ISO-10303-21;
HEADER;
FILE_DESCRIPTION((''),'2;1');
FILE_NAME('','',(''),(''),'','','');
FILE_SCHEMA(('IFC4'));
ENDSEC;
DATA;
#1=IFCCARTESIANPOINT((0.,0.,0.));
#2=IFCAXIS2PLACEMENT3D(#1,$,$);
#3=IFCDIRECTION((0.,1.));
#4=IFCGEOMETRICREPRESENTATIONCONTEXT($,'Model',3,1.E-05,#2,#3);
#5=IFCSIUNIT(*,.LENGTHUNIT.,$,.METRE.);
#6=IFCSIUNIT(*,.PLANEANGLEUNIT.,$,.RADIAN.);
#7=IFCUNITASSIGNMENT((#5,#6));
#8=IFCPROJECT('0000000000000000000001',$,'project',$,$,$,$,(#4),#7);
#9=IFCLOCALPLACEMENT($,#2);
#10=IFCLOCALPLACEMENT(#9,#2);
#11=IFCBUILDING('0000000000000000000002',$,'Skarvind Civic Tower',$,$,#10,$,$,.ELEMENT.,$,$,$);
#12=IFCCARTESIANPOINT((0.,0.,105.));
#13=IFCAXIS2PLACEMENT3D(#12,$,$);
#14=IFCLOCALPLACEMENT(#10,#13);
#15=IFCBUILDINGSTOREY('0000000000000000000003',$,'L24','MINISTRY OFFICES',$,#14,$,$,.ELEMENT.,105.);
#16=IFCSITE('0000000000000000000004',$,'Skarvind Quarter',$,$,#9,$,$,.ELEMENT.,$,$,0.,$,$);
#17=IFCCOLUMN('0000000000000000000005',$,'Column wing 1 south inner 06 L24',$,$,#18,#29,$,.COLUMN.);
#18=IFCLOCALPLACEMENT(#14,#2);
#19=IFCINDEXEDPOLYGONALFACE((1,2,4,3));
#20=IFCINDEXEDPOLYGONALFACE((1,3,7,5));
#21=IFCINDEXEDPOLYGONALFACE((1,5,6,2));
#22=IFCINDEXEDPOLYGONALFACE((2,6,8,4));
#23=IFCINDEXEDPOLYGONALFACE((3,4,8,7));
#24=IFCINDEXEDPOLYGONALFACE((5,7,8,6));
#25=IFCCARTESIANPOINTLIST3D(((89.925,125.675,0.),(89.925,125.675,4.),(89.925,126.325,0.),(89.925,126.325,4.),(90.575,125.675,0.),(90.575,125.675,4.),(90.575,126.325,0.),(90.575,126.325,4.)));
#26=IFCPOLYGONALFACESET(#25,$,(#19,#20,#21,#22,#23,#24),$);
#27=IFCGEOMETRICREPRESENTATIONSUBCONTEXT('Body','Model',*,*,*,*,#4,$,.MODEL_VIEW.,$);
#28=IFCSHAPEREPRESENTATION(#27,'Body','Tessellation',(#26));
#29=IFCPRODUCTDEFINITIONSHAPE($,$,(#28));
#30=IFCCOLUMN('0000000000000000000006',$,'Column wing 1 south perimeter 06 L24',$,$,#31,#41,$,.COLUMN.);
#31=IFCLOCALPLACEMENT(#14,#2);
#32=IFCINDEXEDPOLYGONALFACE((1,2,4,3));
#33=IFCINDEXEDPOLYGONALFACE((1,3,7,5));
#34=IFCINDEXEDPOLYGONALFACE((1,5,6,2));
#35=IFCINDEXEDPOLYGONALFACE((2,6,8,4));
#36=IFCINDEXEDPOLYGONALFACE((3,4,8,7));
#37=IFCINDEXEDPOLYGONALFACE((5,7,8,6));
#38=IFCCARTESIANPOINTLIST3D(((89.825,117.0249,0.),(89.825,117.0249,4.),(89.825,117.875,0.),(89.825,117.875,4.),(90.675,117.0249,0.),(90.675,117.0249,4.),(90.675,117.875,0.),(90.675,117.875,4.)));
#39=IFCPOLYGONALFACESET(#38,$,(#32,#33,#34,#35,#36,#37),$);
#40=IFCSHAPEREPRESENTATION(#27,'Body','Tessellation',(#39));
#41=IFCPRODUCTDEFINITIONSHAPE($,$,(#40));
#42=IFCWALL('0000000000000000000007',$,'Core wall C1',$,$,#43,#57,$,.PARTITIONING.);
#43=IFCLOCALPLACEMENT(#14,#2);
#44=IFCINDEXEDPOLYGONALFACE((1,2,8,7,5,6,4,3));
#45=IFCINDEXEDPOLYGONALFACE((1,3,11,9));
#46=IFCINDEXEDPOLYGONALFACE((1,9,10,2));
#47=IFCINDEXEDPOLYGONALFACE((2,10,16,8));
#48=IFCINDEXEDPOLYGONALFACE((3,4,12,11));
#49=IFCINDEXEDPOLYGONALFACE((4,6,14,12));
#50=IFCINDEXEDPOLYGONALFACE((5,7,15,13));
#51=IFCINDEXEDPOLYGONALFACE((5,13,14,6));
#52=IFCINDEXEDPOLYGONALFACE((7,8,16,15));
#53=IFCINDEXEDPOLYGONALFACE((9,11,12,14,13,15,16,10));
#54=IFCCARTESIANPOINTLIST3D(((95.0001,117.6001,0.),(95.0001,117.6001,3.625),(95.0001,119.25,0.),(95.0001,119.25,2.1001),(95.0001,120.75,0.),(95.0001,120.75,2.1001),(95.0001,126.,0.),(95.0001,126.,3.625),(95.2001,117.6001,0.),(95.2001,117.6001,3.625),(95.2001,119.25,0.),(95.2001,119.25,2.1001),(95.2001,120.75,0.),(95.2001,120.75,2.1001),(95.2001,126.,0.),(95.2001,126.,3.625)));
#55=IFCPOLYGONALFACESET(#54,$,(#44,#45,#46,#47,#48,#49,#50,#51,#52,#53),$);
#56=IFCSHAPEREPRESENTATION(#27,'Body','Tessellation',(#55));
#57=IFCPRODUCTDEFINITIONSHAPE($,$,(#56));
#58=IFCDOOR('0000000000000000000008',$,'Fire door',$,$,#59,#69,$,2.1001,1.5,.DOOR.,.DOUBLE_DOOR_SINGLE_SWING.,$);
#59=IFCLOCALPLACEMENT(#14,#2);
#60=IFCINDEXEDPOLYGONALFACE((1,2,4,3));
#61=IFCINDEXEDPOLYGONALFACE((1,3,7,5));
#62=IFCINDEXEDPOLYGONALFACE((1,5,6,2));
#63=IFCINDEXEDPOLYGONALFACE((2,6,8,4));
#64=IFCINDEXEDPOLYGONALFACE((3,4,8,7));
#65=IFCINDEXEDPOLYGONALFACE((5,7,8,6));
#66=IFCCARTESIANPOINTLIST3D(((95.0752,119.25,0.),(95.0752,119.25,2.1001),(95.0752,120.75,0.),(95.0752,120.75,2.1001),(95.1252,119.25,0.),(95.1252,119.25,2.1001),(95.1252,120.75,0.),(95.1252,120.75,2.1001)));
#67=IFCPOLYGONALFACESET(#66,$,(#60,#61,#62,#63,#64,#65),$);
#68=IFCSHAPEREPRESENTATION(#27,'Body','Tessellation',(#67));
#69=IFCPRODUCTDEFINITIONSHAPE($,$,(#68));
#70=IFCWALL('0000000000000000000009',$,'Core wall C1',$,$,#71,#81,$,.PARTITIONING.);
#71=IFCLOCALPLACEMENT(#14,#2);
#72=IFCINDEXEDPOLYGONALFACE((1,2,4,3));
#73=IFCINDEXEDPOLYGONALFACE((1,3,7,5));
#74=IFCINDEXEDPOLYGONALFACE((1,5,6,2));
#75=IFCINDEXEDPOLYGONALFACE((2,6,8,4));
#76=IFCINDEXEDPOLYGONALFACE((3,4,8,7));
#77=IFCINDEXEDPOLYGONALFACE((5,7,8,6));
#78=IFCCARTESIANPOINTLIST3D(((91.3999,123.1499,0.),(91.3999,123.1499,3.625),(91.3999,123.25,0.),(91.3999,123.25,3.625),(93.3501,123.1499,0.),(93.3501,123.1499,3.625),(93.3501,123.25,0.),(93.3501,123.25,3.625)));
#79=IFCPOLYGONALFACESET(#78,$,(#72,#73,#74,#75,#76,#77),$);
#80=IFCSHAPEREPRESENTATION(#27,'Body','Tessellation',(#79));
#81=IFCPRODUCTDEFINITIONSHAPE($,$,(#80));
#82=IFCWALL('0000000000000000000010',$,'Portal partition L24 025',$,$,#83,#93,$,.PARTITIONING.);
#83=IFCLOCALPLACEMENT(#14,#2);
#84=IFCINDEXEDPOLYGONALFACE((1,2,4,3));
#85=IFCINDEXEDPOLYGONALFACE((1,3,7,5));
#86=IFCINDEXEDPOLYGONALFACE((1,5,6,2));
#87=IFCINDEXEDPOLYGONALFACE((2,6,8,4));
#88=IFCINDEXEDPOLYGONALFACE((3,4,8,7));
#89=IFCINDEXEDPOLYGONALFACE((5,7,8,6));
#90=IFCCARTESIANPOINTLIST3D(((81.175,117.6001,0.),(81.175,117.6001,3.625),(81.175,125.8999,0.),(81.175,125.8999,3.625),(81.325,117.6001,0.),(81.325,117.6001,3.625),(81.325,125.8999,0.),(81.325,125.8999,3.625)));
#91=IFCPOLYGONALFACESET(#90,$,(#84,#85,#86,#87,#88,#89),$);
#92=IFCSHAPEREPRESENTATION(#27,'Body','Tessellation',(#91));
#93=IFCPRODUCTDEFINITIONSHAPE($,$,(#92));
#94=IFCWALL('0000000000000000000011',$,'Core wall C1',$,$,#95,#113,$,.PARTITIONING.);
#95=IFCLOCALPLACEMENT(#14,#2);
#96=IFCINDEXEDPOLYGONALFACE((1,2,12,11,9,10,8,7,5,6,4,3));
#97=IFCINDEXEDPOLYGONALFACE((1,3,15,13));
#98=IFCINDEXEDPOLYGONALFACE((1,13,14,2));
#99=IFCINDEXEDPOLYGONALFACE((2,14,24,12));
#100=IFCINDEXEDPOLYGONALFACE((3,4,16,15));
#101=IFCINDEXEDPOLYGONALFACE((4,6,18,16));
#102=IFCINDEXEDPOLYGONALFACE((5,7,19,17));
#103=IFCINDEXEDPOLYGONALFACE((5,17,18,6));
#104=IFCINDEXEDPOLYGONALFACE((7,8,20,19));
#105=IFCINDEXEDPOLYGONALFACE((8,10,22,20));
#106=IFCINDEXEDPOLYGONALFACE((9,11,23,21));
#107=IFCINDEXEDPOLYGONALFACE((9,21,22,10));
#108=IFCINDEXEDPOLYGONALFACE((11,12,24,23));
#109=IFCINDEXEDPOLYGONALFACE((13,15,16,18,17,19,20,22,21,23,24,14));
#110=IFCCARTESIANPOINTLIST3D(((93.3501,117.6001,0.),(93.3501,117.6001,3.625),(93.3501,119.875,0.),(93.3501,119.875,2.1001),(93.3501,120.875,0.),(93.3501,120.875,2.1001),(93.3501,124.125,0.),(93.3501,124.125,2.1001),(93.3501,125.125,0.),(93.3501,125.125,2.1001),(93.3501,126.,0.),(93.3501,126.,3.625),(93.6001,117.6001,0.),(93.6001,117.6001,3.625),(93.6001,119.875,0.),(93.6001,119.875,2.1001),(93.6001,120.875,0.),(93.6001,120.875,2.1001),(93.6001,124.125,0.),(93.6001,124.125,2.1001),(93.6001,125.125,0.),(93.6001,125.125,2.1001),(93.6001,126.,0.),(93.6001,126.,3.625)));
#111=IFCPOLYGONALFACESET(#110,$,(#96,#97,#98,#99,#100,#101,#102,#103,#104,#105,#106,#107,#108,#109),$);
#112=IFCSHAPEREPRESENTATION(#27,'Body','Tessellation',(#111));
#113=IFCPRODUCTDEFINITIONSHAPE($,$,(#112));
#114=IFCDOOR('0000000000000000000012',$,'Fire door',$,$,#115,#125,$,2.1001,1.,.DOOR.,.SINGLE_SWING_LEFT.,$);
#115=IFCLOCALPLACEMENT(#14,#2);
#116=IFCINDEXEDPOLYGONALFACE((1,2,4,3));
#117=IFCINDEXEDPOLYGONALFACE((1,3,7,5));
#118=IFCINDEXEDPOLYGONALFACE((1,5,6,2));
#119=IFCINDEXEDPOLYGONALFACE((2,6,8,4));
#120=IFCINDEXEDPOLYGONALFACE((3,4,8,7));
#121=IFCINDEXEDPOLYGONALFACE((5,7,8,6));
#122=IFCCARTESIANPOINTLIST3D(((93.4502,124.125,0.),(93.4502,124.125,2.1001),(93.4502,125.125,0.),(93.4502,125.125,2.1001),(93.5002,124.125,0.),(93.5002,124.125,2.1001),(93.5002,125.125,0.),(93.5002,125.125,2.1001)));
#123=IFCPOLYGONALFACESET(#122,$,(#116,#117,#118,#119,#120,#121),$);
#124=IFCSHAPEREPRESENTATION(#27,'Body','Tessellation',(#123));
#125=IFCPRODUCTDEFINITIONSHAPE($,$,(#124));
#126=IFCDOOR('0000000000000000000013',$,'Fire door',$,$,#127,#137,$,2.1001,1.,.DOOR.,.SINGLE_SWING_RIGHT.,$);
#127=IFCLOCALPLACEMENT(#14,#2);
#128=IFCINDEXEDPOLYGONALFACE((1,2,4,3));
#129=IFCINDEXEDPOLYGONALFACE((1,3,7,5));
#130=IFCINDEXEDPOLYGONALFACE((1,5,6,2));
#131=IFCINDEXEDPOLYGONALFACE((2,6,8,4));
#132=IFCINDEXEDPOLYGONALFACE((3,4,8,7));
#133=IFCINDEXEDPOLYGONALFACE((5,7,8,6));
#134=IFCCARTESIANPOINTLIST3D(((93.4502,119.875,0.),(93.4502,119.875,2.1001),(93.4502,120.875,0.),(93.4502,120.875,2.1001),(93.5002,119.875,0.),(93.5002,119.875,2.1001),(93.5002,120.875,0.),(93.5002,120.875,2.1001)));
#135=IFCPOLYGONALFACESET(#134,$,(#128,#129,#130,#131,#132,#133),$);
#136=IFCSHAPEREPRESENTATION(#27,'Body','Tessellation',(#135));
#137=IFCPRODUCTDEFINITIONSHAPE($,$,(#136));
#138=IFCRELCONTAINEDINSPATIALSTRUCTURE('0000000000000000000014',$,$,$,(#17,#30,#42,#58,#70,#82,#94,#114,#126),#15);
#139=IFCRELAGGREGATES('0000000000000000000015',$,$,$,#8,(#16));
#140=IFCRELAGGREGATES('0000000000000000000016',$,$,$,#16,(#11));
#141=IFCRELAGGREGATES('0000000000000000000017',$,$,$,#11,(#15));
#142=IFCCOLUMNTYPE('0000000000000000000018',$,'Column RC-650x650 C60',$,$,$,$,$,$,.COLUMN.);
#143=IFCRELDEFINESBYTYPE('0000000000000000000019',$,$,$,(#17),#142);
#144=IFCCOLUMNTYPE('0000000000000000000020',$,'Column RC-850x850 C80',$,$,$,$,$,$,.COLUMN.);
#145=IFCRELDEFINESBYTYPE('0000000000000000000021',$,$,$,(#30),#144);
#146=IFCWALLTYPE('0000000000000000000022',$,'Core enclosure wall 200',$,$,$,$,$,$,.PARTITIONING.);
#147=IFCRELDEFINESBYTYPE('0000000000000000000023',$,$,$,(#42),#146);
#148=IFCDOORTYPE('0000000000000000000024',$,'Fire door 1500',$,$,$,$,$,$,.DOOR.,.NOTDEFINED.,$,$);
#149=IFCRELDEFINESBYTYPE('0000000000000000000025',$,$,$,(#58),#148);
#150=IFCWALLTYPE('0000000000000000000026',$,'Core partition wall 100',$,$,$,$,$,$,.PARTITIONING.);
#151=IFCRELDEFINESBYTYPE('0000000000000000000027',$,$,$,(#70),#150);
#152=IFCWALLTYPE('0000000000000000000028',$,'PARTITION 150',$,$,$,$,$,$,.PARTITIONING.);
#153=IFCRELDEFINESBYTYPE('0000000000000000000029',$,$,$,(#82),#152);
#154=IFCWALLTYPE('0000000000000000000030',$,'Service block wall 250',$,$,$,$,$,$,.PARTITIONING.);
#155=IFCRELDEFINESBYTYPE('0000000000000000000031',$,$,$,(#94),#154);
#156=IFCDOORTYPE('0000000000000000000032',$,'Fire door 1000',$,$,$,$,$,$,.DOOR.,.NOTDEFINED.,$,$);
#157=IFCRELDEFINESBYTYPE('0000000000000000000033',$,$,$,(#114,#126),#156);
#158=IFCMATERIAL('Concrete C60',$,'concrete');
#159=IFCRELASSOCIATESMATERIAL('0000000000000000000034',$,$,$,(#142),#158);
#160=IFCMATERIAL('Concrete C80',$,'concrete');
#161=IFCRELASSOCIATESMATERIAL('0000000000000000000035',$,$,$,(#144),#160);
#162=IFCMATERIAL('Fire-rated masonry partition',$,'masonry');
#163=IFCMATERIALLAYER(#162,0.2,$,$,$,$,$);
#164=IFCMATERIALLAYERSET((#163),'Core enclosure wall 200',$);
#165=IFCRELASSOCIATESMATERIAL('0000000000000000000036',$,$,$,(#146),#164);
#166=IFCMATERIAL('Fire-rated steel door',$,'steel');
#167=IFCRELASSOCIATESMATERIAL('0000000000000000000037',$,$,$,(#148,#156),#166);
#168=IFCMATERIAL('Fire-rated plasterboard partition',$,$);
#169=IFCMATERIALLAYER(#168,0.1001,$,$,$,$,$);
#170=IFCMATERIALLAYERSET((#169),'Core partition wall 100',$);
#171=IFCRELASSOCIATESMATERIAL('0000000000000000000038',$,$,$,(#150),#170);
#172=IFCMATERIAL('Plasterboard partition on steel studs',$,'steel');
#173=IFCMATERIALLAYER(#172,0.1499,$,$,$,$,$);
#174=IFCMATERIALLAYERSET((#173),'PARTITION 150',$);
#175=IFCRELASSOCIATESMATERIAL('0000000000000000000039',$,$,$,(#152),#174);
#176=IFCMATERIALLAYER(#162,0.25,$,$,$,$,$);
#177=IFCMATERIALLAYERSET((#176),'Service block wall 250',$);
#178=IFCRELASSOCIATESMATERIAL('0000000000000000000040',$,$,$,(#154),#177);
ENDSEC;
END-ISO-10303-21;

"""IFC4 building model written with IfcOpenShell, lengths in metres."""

from ifc_helpers import new_model, si_unit, direction, frame, frame_2d, origin, origin_2d, place, context, subcontext, project, spatial, rectangle, extrude, material, layer, layer_set, material_profile, profile_set, type_object, element, fill, save


model = new_model("IFC4")

# Units and contexts
model_context = context("Model", 3, precision=1e-05, world=origin(), true_north=direction((0.0, 1.0)))
body_context = subcontext(model_context, "Body", "Model", "MODEL_VIEW")
ifc_project = project(units=[si_unit("LENGTHUNIT", "METRE"), si_unit("PLANEANGLEUNIT", "RADIAN")], contexts=[model_context])

# Site, building, storey
site_placement = place(None, origin())
site = spatial("IfcSite", under=ifc_project, at=site_placement, Name="Skarvind Quarter", CompositionType="ELEMENT", RefElevation=0.0)
building_placement = place(site_placement, origin())
building = spatial("IfcBuilding", under=site, at=building_placement, Name="Skarvind Civic Tower", CompositionType="ELEMENT")
storey_placement = place(building_placement, frame((0.0, 0.0, 105.0)))
storey = spatial("IfcBuildingStorey", under=building, at=storey_placement, Name="L24", Description="MINISTRY OFFICES", CompositionType="ELEMENT", Elevation=105.0)

# Columns
ifc_material_1 = material(Name="Concrete C60", Category="concrete")
ifc_material_profile_1 = material_profile(ifc_material_1, rectangle(XDim=0.6499, YDim=0.6499, at=origin_2d()), Name="RC-650x650")
ifc_profile_set_1 = profile_set([ifc_material_profile_1], Name="Concrete C60")
column_type_1 = type_object("IfcColumnType", Name="Column RC-650x650 C60", PredefinedType="COLUMN", material=ifc_profile_set_1)
column_1_placement = place(storey_placement, frame((90.25, 126.0, 0.0), z_axis=(0.0, 0.0, 1.0), x_axis=(1.0, 0.0, 0.0)))
element("IfcColumn", 1, at=column_1_placement, inside=storey, type_object=column_type_1, Name="Column wing 1 south inner 06 L24", PredefinedType="COLUMN", context=body_context, shape_type="SweptSolid", body=[
    extrude(rectangle(XDim=0.6499, YDim=0.6499, at=origin_2d()), origin(), (0.0, 0.0, 1.0), 4.0),
])
ifc_material_2 = material(Name="Concrete C80", Category="concrete")
ifc_material_profile_2 = material_profile(ifc_material_2, rectangle(XDim=0.8501, YDim=0.8501, at=origin_2d()), Name="RC-850x850")
ifc_profile_set_2 = profile_set([ifc_material_profile_2], Name="Concrete C80")
column_type_2 = type_object("IfcColumnType", Name="Column RC-850x850 C80", PredefinedType="COLUMN", material=ifc_profile_set_2)
column_2_placement = place(storey_placement, frame((90.25, 117.45, 0.0), z_axis=(0.0, 0.0, 1.0), x_axis=(1.0, 0.0, 0.0)))
element("IfcColumn", 2, at=column_2_placement, inside=storey, type_object=column_type_2, Name="Column wing 1 south perimeter 06 L24", PredefinedType="COLUMN", context=body_context, shape_type="SweptSolid", body=[
    extrude(rectangle(XDim=0.8501, YDim=0.8501, at=origin_2d()), origin(), (0.0, 0.0, 1.0), 4.0),
])

# Wall, opening, door
ifc_material_3 = material(Name="Fire-rated masonry partition", Category="masonry")
ifc_layer_1 = layer(ifc_material_3, 0.2)
ifc_layer_set_1 = layer_set([ifc_layer_1], Name="Core enclosure wall 200")
wall_type_1 = type_object("IfcWallType", Name="Core enclosure wall 200", PredefinedType="PARTITIONING", material=ifc_layer_set_1)
wall_1_placement = place(storey_placement, frame((95.1001, 117.6001, 0.0), z_axis=(0.0, 0.0, 1.0), x_axis=(0.0, 1.0, 0.0)))
wall_1 = element("IfcWall", 3, at=wall_1_placement, inside=storey, type_object=wall_type_1, Name="Core wall C1", PredefinedType="PARTITIONING", context=body_context, shape_type="SweptSolid", body=[
    extrude(rectangle(XDim=8.3999, YDim=0.2, at=frame_2d((4.2, 0.0))), origin(), (0.0, 0.0, 1.0), 3.625),
])
opening_1_placement = place(wall_1_placement, frame((1.6499, 0.0, 0.0)))
opening_1 = element("IfcOpeningElement", 4, at=opening_1_placement, cuts=wall_1, PredefinedType="OPENING", context=body_context, shape_type="SweptSolid", body=[
    extrude(rectangle(XDim=1.5, YDim=2.1001, at=frame_2d((0.75, 1.05))), frame((0.0, 0.1099, 0.0), z_axis=(0.0, -1.0, 0.0), x_axis=(1.0, 0.0, 0.0)), (0.0, 0.0, 1.0), 0.22),
])
ifc_material_4 = material(Name="Fire-rated steel door", Category="steel")
door_type_1 = type_object("IfcDoorType", Name="Fire door 1500", OperationType="NOTDEFINED", PredefinedType="DOOR", material=ifc_material_4)
door_1_placement = place(opening_1_placement, origin())
door_1 = element("IfcDoor", 5, at=door_1_placement, inside=storey, type_object=door_type_1, Name="Fire door", OperationType="DOUBLE_DOOR_SINGLE_SWING", OverallHeight=2.1001, OverallWidth=1.5, PredefinedType="DOOR", context=body_context, shape_type="SweptSolid", body=[
    extrude(rectangle(XDim=1.5, YDim=2.1001, at=frame_2d((0.75, 1.05))), frame((0.0, 0.0249, 0.0), z_axis=(0.0, -1.0, 0.0), x_axis=(1.0, 0.0, 0.0)), (0.0, 0.0, 1.0), 0.05),
])
fill(opening_1, door_1)

# Walls
ifc_material_5 = material(Name="Fire-rated plasterboard partition")
ifc_layer_2 = layer(ifc_material_5, 0.1001)
ifc_layer_set_2 = layer_set([ifc_layer_2], Name="Core partition wall 100")
wall_type_2 = type_object("IfcWallType", Name="Core partition wall 100", PredefinedType="PARTITIONING", material=ifc_layer_set_2)
wall_2_placement = place(storey_placement, frame((93.3501, 123.2, 0.0), z_axis=(0.0, 0.0, 1.0), x_axis=(-1.0, 0.0, 0.0)))
element("IfcWall", 6, at=wall_2_placement, inside=storey, type_object=wall_type_2, Name="Core wall C1", PredefinedType="PARTITIONING", context=body_context, shape_type="SweptSolid", body=[
    extrude(rectangle(XDim=1.9502, YDim=0.1001, at=frame_2d((0.9751, 0.0))), origin(), (0.0, 0.0, 1.0), 3.625),
])
ifc_material_6 = material(Name="Plasterboard partition on steel studs", Category="steel")
ifc_layer_3 = layer(ifc_material_6, 0.1499)
ifc_layer_set_3 = layer_set([ifc_layer_3], Name="PARTITION 150")
wall_type_3 = type_object("IfcWallType", Name="PARTITION 150", PredefinedType="PARTITIONING", material=ifc_layer_set_3)
wall_3_placement = place(storey_placement, frame((81.25, 117.6001, 0.0), z_axis=(0.0, 0.0, 1.0), x_axis=(0.0, 1.0, 0.0)))
element("IfcWall", 7, at=wall_3_placement, inside=storey, type_object=wall_type_3, Name="Portal partition L24 025", PredefinedType="PARTITIONING", context=body_context, shape_type="SweptSolid", body=[
    extrude(rectangle(XDim=8.2998, YDim=0.1499, at=frame_2d((4.1499, 0.0))), origin(), (0.0, 0.0, 1.0), 3.625),
])

# Wall, openings, doors
ifc_layer_4 = layer(ifc_material_3, 0.25)
ifc_layer_set_4 = layer_set([ifc_layer_4], Name="Service block wall 250")
wall_type_4 = type_object("IfcWallType", Name="Service block wall 250", PredefinedType="PARTITIONING", material=ifc_layer_set_4)
wall_4_placement = place(storey_placement, frame((93.4751, 117.6001, 0.0), z_axis=(0.0, 0.0, 1.0), x_axis=(0.0, 1.0, 0.0)))
wall_4 = element("IfcWall", 8, at=wall_4_placement, inside=storey, type_object=wall_type_4, Name="Core wall C1", PredefinedType="PARTITIONING", context=body_context, shape_type="SweptSolid", body=[
    extrude(rectangle(XDim=8.3999, YDim=0.25, at=frame_2d((4.2, 0.0))), origin(), (0.0, 0.0, 1.0), 3.625),
])
opening_2_placement = place(wall_4_placement, frame((6.5249, 0.0, 0.0)))
opening_2 = element("IfcOpeningElement", 9, at=opening_2_placement, cuts=wall_4, PredefinedType="OPENING", context=body_context, shape_type="SweptSolid", body=[
    extrude(rectangle(XDim=1.0, YDim=2.1001, at=frame_2d((0.5, 1.05))), frame((0.0, 0.135, 0.0), z_axis=(0.0, -1.0, 0.0), x_axis=(1.0, 0.0, 0.0)), (0.0, 0.0, 1.0), 0.27),
])
opening_3_placement = place(wall_4_placement, frame((2.2749, 0.0, 0.0)))
opening_3 = element("IfcOpeningElement", 10, at=opening_3_placement, cuts=wall_4, PredefinedType="OPENING", context=body_context, shape_type="SweptSolid", body=[
    extrude(rectangle(XDim=1.0, YDim=2.1001, at=frame_2d((0.5, 1.05))), frame((0.0, 0.135, 0.0), z_axis=(0.0, -1.0, 0.0), x_axis=(1.0, 0.0, 0.0)), (0.0, 0.0, 1.0), 0.27),
])
door_type_2 = type_object("IfcDoorType", Name="Fire door 1000", OperationType="NOTDEFINED", PredefinedType="DOOR", material=ifc_material_4)
door_2_placement = place(opening_2_placement, origin())
door_2 = element("IfcDoor", 11, at=door_2_placement, inside=storey, type_object=door_type_2, Name="Fire door", OperationType="SINGLE_SWING_LEFT", OverallHeight=2.1001, OverallWidth=1.0, PredefinedType="DOOR", context=body_context, shape_type="SweptSolid", body=[
    extrude(rectangle(XDim=1.0, YDim=2.1001, at=frame_2d((0.5, 1.05))), frame((0.0, 0.0249, 0.0), z_axis=(0.0, -1.0, 0.0), x_axis=(1.0, 0.0, 0.0)), (0.0, 0.0, 1.0), 0.05),
])
fill(opening_2, door_2)
door_3_placement = place(opening_3_placement, origin())
door_3 = element("IfcDoor", 12, at=door_3_placement, inside=storey, type_object=door_type_2, Name="Fire door", OperationType="SINGLE_SWING_RIGHT", OverallHeight=2.1001, OverallWidth=1.0, PredefinedType="DOOR", context=body_context, shape_type="SweptSolid", body=[
    extrude(rectangle(XDim=1.0, YDim=2.1001, at=frame_2d((0.5, 1.05))), frame((0.0, 0.0249, 0.0), z_axis=(0.0, -1.0, 0.0), x_axis=(1.0, 0.0, 0.0)), (0.0, 0.0, 1.0), 0.05),
])
fill(opening_3, door_3)

save(model, "model.ifc")
